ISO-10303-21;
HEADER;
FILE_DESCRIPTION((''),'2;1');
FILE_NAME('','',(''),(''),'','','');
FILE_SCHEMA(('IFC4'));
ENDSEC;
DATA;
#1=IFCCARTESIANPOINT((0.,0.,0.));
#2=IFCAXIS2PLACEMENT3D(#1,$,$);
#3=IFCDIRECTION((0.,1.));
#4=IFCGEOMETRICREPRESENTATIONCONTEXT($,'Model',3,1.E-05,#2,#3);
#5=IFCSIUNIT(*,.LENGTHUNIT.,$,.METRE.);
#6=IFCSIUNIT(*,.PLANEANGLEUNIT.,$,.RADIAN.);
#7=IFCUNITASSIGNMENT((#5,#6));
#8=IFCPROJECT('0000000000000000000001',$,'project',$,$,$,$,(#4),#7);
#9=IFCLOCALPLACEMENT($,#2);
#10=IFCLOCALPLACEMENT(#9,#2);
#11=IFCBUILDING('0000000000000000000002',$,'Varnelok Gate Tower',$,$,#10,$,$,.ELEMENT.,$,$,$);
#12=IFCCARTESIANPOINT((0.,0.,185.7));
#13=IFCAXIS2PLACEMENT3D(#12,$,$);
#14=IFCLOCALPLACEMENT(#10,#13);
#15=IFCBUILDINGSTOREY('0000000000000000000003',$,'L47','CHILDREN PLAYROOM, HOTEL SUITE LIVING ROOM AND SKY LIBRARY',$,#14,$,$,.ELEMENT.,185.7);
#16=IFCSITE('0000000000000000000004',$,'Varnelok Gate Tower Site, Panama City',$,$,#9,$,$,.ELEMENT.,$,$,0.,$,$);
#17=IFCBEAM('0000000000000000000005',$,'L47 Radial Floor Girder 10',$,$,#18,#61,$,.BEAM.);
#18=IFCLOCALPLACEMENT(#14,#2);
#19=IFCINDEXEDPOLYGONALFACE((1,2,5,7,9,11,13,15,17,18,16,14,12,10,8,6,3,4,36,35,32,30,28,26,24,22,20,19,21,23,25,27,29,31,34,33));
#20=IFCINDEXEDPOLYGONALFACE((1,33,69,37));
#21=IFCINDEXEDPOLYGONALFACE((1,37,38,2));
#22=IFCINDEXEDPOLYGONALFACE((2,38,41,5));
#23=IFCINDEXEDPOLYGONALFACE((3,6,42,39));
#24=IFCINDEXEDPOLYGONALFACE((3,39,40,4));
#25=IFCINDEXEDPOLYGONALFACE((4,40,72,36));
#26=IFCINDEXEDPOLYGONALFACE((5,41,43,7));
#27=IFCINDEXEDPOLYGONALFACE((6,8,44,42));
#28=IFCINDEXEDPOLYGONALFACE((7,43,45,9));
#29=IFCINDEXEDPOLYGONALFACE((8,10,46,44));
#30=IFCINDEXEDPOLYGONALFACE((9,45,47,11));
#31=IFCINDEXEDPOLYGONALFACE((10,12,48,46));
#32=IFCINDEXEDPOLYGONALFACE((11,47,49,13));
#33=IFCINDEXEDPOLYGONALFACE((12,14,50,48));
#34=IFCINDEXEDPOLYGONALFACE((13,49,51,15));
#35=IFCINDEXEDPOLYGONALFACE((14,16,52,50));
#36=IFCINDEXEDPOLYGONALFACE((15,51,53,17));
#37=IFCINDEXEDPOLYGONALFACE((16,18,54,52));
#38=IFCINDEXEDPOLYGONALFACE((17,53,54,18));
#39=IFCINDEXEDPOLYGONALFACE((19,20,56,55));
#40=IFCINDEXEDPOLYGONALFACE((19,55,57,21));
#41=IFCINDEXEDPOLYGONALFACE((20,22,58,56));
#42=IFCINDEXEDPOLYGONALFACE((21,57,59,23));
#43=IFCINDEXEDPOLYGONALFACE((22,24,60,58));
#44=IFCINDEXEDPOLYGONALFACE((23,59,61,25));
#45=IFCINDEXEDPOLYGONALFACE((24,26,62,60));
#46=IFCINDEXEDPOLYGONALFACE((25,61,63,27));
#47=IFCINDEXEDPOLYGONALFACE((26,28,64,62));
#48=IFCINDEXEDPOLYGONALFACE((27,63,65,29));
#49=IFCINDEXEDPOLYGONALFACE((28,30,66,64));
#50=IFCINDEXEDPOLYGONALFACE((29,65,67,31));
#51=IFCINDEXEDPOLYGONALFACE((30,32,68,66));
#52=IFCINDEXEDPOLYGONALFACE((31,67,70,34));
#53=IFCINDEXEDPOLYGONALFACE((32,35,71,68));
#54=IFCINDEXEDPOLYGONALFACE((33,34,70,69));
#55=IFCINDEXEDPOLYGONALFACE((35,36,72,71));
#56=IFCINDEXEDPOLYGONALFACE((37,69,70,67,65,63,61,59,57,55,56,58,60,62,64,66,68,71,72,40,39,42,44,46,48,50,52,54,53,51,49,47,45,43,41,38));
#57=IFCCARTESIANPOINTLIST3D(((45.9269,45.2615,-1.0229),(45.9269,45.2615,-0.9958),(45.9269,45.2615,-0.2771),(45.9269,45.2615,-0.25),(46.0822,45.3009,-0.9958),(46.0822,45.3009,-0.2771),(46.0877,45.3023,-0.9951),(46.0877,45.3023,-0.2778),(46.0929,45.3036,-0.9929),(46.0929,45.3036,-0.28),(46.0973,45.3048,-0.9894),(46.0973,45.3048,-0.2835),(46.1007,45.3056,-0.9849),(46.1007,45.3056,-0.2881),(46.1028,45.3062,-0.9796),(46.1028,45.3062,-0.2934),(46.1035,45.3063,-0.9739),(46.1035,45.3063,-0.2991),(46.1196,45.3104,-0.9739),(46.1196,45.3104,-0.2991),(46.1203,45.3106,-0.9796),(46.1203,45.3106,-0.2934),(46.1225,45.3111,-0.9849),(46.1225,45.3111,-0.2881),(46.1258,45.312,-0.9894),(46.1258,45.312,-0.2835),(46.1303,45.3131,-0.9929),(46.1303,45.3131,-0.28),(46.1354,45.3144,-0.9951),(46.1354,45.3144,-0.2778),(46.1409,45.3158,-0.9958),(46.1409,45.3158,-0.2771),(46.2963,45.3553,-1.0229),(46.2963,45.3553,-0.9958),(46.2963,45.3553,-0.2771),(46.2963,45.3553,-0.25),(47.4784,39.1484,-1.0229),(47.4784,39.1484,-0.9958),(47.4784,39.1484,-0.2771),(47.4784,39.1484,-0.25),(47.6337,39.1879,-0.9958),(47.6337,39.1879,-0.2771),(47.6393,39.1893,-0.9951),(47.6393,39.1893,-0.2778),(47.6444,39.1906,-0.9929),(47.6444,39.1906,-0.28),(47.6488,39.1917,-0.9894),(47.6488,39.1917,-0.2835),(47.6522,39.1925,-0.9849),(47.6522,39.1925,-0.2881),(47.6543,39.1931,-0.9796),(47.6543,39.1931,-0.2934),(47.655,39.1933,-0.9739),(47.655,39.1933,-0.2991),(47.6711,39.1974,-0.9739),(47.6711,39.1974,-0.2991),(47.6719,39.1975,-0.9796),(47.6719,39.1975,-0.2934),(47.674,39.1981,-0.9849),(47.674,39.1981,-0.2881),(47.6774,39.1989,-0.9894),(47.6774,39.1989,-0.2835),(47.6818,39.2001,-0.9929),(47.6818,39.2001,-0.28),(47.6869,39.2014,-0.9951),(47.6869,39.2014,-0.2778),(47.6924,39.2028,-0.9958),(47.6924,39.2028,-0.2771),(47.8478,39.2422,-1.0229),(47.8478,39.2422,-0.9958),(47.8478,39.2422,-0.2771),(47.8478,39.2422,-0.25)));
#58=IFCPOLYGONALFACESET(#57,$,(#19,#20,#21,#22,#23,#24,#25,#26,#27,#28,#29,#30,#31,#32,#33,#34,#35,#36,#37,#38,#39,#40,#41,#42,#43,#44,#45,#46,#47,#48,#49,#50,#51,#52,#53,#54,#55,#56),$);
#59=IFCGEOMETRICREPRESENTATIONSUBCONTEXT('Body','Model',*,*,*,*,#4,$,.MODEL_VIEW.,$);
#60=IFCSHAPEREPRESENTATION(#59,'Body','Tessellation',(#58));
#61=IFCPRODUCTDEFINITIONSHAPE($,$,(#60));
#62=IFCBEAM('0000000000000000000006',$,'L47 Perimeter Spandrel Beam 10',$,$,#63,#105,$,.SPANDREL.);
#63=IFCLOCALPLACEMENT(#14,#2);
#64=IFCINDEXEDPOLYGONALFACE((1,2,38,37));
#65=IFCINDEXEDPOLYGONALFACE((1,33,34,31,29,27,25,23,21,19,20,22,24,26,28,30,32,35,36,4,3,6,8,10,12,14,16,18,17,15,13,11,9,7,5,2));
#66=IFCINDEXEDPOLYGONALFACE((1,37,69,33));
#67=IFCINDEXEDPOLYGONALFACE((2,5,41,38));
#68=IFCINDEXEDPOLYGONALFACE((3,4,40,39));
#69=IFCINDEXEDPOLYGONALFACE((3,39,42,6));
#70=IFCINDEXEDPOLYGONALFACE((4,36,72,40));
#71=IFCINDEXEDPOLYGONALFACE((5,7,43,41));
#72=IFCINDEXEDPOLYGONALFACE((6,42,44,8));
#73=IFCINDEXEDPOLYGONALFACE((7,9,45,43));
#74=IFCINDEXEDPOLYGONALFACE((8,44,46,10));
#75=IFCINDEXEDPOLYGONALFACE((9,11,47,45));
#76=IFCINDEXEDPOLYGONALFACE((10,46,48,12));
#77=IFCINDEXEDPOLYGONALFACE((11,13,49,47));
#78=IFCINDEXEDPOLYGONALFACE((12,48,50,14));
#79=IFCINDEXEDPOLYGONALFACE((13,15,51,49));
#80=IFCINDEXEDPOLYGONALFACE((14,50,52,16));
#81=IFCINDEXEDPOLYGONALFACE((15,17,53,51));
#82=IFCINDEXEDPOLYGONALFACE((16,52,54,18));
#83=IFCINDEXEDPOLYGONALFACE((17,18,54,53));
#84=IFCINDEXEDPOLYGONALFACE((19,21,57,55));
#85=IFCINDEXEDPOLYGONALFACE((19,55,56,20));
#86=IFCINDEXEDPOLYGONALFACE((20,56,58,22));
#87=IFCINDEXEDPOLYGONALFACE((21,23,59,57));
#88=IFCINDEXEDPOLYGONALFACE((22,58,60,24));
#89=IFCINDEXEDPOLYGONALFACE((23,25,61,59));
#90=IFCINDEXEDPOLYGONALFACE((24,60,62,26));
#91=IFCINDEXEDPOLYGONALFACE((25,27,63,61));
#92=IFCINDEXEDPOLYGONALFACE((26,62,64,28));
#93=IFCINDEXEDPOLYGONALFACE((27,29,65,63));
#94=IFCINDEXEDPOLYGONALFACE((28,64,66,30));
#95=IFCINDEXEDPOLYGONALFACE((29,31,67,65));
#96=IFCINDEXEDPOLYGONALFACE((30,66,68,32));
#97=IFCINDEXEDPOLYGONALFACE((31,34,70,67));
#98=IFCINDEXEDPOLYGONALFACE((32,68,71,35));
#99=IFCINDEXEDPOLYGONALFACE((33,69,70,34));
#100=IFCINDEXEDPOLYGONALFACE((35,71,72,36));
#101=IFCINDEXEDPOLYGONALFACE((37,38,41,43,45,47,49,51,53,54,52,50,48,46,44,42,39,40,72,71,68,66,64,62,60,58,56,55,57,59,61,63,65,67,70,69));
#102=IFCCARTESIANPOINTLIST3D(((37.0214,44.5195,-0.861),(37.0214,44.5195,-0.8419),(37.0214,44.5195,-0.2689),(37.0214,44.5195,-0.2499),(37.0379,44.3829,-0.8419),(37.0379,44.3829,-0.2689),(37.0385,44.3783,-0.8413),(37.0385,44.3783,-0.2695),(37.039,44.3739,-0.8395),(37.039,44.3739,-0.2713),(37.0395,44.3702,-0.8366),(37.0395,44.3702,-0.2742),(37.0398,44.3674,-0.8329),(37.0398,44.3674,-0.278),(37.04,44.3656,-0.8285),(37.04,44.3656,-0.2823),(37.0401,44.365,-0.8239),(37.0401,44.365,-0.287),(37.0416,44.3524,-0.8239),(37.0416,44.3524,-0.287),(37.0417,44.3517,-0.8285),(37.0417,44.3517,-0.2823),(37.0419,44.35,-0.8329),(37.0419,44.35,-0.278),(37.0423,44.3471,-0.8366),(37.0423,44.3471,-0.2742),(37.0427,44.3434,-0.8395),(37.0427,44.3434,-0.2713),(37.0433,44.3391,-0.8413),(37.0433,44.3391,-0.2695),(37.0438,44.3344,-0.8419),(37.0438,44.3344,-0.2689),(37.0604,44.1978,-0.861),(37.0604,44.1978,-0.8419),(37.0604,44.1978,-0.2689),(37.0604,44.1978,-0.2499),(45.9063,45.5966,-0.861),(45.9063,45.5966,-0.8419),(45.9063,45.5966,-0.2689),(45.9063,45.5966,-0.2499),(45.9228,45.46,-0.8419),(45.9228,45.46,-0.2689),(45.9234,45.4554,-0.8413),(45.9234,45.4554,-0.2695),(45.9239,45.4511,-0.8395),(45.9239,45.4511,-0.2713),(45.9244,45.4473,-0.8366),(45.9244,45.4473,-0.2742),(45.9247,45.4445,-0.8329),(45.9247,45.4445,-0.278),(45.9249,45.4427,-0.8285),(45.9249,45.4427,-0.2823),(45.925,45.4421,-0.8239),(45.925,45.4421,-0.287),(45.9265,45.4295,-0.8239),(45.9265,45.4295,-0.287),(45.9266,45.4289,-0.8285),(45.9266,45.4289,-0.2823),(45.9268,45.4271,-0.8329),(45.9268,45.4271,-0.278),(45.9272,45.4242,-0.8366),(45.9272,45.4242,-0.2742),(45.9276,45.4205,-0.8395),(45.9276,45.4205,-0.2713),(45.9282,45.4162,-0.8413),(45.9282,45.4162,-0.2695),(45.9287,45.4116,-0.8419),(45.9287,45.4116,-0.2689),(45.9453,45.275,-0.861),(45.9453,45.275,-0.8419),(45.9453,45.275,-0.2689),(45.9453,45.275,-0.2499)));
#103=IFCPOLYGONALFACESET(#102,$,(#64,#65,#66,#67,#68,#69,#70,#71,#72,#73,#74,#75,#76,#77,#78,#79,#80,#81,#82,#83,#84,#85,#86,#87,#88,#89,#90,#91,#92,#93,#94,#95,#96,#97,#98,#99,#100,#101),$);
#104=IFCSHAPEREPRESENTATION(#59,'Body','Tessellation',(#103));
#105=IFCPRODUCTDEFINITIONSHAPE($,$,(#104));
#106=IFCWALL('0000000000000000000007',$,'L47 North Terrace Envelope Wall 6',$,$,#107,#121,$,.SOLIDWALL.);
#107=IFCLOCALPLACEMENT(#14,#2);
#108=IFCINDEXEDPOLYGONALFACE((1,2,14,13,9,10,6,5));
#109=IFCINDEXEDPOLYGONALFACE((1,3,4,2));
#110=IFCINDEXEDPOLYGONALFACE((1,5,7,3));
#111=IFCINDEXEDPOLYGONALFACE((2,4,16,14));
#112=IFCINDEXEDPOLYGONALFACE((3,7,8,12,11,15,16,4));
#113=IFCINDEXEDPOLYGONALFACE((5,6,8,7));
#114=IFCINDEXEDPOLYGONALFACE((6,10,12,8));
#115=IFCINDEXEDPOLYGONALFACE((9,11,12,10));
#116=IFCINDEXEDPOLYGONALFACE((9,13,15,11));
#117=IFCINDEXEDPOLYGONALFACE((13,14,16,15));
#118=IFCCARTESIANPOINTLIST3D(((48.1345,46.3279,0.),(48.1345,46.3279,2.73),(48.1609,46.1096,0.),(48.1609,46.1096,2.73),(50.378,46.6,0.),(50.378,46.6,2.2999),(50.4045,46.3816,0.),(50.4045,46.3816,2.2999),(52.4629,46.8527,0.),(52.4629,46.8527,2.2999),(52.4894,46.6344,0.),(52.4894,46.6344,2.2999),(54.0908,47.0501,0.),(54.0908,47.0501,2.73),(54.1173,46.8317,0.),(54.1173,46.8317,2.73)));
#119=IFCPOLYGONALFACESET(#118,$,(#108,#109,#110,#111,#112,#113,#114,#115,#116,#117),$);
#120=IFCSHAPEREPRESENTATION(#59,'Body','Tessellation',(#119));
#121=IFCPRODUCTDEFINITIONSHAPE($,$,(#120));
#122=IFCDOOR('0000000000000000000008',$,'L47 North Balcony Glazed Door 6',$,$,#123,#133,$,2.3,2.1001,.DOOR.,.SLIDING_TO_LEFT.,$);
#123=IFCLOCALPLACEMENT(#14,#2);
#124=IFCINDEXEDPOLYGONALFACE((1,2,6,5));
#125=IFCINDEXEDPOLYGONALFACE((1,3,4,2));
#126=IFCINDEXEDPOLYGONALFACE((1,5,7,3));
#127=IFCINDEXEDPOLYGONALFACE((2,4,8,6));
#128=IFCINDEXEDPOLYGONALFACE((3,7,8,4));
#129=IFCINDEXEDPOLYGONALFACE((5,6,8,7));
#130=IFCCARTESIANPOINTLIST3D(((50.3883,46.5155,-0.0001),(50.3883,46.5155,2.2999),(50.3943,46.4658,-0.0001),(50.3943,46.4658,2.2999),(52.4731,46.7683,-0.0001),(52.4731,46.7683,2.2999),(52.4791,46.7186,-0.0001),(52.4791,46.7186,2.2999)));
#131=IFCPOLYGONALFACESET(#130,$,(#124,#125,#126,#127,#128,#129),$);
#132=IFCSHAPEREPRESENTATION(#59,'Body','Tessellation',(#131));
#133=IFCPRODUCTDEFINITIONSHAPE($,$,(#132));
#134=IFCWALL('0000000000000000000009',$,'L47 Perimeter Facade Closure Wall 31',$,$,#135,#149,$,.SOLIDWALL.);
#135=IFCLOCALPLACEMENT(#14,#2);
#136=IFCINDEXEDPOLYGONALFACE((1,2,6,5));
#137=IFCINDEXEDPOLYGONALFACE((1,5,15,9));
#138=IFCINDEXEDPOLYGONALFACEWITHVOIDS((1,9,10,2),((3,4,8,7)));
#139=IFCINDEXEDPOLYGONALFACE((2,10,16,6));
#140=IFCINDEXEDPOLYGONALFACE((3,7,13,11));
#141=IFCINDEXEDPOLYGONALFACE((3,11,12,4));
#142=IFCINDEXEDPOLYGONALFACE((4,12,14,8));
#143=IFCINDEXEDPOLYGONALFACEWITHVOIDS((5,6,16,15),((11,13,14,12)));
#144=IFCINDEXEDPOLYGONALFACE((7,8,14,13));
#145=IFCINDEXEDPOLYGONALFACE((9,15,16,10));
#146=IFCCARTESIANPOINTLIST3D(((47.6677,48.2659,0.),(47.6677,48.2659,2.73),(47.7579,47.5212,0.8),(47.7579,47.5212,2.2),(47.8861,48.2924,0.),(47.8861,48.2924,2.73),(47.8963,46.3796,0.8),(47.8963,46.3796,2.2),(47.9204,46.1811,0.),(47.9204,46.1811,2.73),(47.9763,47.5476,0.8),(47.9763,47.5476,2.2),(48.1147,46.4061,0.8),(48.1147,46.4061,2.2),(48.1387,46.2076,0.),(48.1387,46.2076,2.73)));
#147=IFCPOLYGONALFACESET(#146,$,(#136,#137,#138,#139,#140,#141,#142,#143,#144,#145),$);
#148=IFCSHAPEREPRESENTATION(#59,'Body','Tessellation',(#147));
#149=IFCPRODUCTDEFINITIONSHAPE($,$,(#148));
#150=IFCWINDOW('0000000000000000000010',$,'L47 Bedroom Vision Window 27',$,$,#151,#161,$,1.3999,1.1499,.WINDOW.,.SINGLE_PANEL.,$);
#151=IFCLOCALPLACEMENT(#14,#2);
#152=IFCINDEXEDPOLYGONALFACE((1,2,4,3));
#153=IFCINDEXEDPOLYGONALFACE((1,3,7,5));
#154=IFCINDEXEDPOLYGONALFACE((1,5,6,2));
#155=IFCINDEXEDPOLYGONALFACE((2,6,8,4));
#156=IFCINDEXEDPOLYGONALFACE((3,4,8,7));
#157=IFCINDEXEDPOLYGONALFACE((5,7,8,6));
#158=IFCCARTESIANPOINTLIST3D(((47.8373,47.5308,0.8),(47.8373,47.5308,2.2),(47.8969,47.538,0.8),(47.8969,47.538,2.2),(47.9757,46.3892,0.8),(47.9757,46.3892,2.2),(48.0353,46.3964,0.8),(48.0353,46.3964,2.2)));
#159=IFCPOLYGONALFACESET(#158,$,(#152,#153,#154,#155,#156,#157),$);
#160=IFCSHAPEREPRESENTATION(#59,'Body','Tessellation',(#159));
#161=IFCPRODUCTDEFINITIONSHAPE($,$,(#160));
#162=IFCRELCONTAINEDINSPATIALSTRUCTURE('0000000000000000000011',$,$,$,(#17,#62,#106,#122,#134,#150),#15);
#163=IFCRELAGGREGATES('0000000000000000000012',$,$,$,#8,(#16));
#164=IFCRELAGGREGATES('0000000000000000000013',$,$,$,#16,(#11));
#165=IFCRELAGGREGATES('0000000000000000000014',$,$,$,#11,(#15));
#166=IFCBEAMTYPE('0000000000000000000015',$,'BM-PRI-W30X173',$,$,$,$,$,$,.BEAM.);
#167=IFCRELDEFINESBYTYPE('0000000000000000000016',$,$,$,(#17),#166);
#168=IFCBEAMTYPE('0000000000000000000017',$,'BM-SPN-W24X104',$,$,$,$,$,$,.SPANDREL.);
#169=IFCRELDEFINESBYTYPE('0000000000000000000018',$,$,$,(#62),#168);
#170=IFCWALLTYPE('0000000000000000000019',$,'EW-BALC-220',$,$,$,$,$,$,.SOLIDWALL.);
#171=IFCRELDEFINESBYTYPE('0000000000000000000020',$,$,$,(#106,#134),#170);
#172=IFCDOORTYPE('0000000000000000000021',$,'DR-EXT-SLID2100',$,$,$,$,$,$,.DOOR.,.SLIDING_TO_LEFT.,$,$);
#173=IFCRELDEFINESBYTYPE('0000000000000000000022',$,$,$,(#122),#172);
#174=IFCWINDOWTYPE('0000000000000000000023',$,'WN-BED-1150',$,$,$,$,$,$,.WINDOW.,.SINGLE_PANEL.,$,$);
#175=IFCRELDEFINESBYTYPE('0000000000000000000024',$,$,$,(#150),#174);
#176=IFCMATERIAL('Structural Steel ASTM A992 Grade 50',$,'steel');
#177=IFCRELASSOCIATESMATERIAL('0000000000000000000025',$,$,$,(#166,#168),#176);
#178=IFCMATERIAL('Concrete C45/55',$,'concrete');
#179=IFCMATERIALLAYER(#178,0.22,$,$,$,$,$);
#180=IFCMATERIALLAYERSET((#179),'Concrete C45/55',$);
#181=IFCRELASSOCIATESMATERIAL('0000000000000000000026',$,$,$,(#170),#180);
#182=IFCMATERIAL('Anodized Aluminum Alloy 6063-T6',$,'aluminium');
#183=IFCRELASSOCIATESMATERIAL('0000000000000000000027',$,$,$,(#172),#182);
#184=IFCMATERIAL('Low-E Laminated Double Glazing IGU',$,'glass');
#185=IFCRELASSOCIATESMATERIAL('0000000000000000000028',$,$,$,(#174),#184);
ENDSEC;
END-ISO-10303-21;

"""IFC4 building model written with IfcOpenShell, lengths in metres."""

from ifc_helpers import new_model, si_unit, direction, frame, frame_2d, origin, origin_2d, place, context, subcontext, project, spatial, rectangle, i_section, extrude, material, layer, layer_set, material_profile, profile_set, type_object, element, fill, save


model = new_model("IFC4")

# Units and contexts
model_context = context("Model", 3, precision=1e-05, world=origin(), true_north=direction((0.0, 1.0)))
body_context = subcontext(model_context, "Body", "Model", "MODEL_VIEW")
ifc_project = project(units=[si_unit("LENGTHUNIT", "METRE"), si_unit("PLANEANGLEUNIT", "RADIAN")], contexts=[model_context])

# Site, building, storey
site_placement = place(None, origin())
site = spatial("IfcSite", under=ifc_project, at=site_placement, Name="Varnelok Gate Tower Site, Panama City", CompositionType="ELEMENT", RefElevation=0.0)
building_placement = place(site_placement, origin())
building = spatial("IfcBuilding", under=site, at=building_placement, Name="Varnelok Gate Tower", CompositionType="ELEMENT")
storey_placement = place(building_placement, frame((0.0, 0.0, 185.7)))
storey = spatial("IfcBuildingStorey", under=building, at=storey_placement, Name="L47", Description="CHILDREN PLAYROOM, HOTEL SUITE LIVING ROOM AND SKY LIBRARY", CompositionType="ELEMENT", Elevation=185.7)

# Shared definitions
ifc_material_1 = material(Name="Structural Steel ASTM A992 Grade 50", Category="steel")

# Beams
ifc_material_profile_1 = material_profile(ifc_material_1, i_section(OverallWidth=0.3811, OverallDepth=0.7729, WebThickness=0.0166, FlangeThickness=0.0271, FilletRadius=0.022, at=origin_2d()), Name="W30X173")
ifc_profile_set_1 = profile_set([ifc_material_profile_1], Name="Structural Steel ASTM A992 Grade 50")
beam_type_1 = type_object("IfcBeamType", Name="BM-PRI-W30X173", PredefinedType="BEAM", material=ifc_profile_set_1)
beam_1_placement = place(storey_placement, frame((47.6631, 39.1953, -0.6365), z_axis=(-0.246004, 0.969269, 0.0), x_axis=(-0.969269, -0.246004, 0.0)))
element("IfcBeam", 1, at=beam_1_placement, inside=storey, type_object=beam_type_1, Name="L47 Radial Floor Girder 10", PredefinedType="BEAM", context=body_context, shape_type="SweptSolid", body=[
    extrude(i_section(OverallWidth=0.3811, OverallDepth=0.7729, WebThickness=0.0166, FlangeThickness=0.0271, FilletRadius=0.022, at=origin_2d()), origin(), (0.0, 0.0, 1.0), 6.3069),
])
ifc_material_profile_2 = material_profile(ifc_material_1, i_section(OverallWidth=0.324, OverallDepth=0.6111, WebThickness=0.0127, FlangeThickness=0.019, FilletRadius=0.0181, at=origin_2d()), Name="W24X104")
ifc_profile_set_2 = profile_set([ifc_material_profile_2], Name="Structural Steel ASTM A992 Grade 50")
beam_type_2 = type_object("IfcBeamType", Name="BM-SPN-W24X104", PredefinedType="SPANDREL", material=ifc_profile_set_2)
beam_2_placement = place(storey_placement, frame((45.9258, 45.4358, -0.5554), z_axis=(-0.992731, -0.120351, 0.0), x_axis=(0.120351, -0.992731, 0.0)))
element("IfcBeam", 2, at=beam_2_placement, inside=storey, type_object=beam_type_2, Name="L47 Perimeter Spandrel Beam 10", PredefinedType="SPANDREL", context=body_context, shape_type="SweptSolid", body=[
    extrude(i_section(OverallWidth=0.324, OverallDepth=0.6111, WebThickness=0.0127, FlangeThickness=0.019, FilletRadius=0.0181, at=origin_2d()), origin(), (0.0, 0.0, 1.0), 8.95),
])

# Wall, opening, door
ifc_material_2 = material(Name="Concrete C45/55", Category="concrete")
ifc_layer_1 = layer(ifc_material_2, 0.22)
ifc_layer_set_1 = layer_set([ifc_layer_1], Name="Concrete C45/55")
wall_type_1 = type_object("IfcWallType", Name="EW-BALC-220", PredefinedType="SOLIDWALL", material=ifc_layer_set_1)
wall_1_placement = place(storey_placement, frame((48.1477, 46.2188, 0.0), z_axis=(0.0, 0.0, 1.0), x_axis=(0.99273, 0.120363, 0.0)))
wall_1 = element("IfcWall", 3, at=wall_1_placement, inside=storey, type_object=wall_type_1, Name="L47 North Terrace Envelope Wall 6", PredefinedType="SOLIDWALL", context=body_context, shape_type="SweptSolid", body=[
    extrude(rectangle(XDim=6.0, YDim=0.22, at=frame_2d((3.0, 0.0))), origin(), (0.0, 0.0, 1.0), 2.73),
])
opening_1_placement = place(wall_1_placement, frame((2.26, 0.0, 0.0)))
opening_1 = element("IfcOpeningElement", 4, at=opening_1_placement, cuts=wall_1, PredefinedType="OPENING", context=body_context, shape_type="SweptSolid", body=[
    extrude(rectangle(XDim=2.1001, YDim=2.3, at=frame_2d((1.05, 1.1499))), frame((0.0, 0.1199, 0.0), z_axis=(0.0, -1.0, 0.0), x_axis=(1.0, 0.0, 0.0)), (0.0, 0.0, 1.0), 0.24),
])
ifc_material_3 = material(Name="Anodized Aluminum Alloy 6063-T6", Category="aluminium")
door_type_1 = type_object("IfcDoorType", Name="DR-EXT-SLID2100", OperationType="SLIDING_TO_LEFT", PredefinedType="DOOR", material=ifc_material_3)
door_1_placement = place(opening_1_placement, origin())
door_1 = element("IfcDoor", 5, at=door_1_placement, inside=storey, type_object=door_type_1, Name="L47 North Balcony Glazed Door 6", OperationType="SLIDING_TO_LEFT", OverallHeight=2.3, OverallWidth=2.1001, PredefinedType="DOOR", context=body_context, shape_type="SweptSolid", body=[
    extrude(rectangle(XDim=2.1001, YDim=2.3, at=frame_2d((1.05, 1.1499))), frame((0.0, 0.0249, 0.0), z_axis=(0.0, -1.0, 0.0), x_axis=(1.0, 0.0, 0.0)), (0.0, 0.0, 1.0), 0.05),
])
fill(opening_1, door_1)

# Wall, opening, window
wall_2_placement = place(storey_placement, frame((48.0295, 46.1943, 0.0), z_axis=(0.0, 0.0, 1.0), x_axis=(-0.120314, 0.992736, 0.0)))
wall_2 = element("IfcWall", 6, at=wall_2_placement, inside=storey, type_object=wall_type_1, Name="L47 Perimeter Facade Closure Wall 31", PredefinedType="SOLIDWALL", context=body_context, shape_type="SweptSolid", body=[
    extrude(rectangle(XDim=2.1001, YDim=0.22, at=frame_2d((1.05, 0.0))), origin(), (0.0, 0.0, 1.0), 2.73),
])
opening_2_placement = place(wall_2_placement, frame((0.2, 0.0, 0.8)))
opening_2 = element("IfcOpeningElement", 7, at=opening_2_placement, cuts=wall_2, PredefinedType="OPENING", context=body_context, shape_type="SweptSolid", body=[
    extrude(rectangle(XDim=1.1499, YDim=1.3999, at=frame_2d((0.575, 0.7))), frame((0.0, 0.1199, 0.0), z_axis=(0.0, -1.0, 0.0), x_axis=(1.0, 0.0, 0.0)), (0.0, 0.0, 1.0), 0.24),
])
ifc_material_4 = material(Name="Low-E Laminated Double Glazing IGU", Category="glass")
window_type_1 = type_object("IfcWindowType", Name="WN-BED-1150", PartitioningType="SINGLE_PANEL", PredefinedType="WINDOW", material=ifc_material_4)
window_1_placement = place(opening_2_placement, origin())
window_1 = element("IfcWindow", 8, at=window_1_placement, inside=storey, type_object=window_type_1, Name="L47 Bedroom Vision Window 27", OverallHeight=1.3999, OverallWidth=1.1499, PartitioningType="SINGLE_PANEL", PredefinedType="WINDOW", context=body_context, shape_type="SweptSolid", body=[
    extrude(rectangle(XDim=1.1499, YDim=1.3999, at=frame_2d((0.575, 0.7))), frame((0.0, 0.03, 0.0), z_axis=(0.0, -1.0, 0.0), x_axis=(1.0, 0.0, 0.0)), (0.0, 0.0, 1.0), 0.0601),
])
fill(opening_2, window_1)

save(model, "model.ifc")
